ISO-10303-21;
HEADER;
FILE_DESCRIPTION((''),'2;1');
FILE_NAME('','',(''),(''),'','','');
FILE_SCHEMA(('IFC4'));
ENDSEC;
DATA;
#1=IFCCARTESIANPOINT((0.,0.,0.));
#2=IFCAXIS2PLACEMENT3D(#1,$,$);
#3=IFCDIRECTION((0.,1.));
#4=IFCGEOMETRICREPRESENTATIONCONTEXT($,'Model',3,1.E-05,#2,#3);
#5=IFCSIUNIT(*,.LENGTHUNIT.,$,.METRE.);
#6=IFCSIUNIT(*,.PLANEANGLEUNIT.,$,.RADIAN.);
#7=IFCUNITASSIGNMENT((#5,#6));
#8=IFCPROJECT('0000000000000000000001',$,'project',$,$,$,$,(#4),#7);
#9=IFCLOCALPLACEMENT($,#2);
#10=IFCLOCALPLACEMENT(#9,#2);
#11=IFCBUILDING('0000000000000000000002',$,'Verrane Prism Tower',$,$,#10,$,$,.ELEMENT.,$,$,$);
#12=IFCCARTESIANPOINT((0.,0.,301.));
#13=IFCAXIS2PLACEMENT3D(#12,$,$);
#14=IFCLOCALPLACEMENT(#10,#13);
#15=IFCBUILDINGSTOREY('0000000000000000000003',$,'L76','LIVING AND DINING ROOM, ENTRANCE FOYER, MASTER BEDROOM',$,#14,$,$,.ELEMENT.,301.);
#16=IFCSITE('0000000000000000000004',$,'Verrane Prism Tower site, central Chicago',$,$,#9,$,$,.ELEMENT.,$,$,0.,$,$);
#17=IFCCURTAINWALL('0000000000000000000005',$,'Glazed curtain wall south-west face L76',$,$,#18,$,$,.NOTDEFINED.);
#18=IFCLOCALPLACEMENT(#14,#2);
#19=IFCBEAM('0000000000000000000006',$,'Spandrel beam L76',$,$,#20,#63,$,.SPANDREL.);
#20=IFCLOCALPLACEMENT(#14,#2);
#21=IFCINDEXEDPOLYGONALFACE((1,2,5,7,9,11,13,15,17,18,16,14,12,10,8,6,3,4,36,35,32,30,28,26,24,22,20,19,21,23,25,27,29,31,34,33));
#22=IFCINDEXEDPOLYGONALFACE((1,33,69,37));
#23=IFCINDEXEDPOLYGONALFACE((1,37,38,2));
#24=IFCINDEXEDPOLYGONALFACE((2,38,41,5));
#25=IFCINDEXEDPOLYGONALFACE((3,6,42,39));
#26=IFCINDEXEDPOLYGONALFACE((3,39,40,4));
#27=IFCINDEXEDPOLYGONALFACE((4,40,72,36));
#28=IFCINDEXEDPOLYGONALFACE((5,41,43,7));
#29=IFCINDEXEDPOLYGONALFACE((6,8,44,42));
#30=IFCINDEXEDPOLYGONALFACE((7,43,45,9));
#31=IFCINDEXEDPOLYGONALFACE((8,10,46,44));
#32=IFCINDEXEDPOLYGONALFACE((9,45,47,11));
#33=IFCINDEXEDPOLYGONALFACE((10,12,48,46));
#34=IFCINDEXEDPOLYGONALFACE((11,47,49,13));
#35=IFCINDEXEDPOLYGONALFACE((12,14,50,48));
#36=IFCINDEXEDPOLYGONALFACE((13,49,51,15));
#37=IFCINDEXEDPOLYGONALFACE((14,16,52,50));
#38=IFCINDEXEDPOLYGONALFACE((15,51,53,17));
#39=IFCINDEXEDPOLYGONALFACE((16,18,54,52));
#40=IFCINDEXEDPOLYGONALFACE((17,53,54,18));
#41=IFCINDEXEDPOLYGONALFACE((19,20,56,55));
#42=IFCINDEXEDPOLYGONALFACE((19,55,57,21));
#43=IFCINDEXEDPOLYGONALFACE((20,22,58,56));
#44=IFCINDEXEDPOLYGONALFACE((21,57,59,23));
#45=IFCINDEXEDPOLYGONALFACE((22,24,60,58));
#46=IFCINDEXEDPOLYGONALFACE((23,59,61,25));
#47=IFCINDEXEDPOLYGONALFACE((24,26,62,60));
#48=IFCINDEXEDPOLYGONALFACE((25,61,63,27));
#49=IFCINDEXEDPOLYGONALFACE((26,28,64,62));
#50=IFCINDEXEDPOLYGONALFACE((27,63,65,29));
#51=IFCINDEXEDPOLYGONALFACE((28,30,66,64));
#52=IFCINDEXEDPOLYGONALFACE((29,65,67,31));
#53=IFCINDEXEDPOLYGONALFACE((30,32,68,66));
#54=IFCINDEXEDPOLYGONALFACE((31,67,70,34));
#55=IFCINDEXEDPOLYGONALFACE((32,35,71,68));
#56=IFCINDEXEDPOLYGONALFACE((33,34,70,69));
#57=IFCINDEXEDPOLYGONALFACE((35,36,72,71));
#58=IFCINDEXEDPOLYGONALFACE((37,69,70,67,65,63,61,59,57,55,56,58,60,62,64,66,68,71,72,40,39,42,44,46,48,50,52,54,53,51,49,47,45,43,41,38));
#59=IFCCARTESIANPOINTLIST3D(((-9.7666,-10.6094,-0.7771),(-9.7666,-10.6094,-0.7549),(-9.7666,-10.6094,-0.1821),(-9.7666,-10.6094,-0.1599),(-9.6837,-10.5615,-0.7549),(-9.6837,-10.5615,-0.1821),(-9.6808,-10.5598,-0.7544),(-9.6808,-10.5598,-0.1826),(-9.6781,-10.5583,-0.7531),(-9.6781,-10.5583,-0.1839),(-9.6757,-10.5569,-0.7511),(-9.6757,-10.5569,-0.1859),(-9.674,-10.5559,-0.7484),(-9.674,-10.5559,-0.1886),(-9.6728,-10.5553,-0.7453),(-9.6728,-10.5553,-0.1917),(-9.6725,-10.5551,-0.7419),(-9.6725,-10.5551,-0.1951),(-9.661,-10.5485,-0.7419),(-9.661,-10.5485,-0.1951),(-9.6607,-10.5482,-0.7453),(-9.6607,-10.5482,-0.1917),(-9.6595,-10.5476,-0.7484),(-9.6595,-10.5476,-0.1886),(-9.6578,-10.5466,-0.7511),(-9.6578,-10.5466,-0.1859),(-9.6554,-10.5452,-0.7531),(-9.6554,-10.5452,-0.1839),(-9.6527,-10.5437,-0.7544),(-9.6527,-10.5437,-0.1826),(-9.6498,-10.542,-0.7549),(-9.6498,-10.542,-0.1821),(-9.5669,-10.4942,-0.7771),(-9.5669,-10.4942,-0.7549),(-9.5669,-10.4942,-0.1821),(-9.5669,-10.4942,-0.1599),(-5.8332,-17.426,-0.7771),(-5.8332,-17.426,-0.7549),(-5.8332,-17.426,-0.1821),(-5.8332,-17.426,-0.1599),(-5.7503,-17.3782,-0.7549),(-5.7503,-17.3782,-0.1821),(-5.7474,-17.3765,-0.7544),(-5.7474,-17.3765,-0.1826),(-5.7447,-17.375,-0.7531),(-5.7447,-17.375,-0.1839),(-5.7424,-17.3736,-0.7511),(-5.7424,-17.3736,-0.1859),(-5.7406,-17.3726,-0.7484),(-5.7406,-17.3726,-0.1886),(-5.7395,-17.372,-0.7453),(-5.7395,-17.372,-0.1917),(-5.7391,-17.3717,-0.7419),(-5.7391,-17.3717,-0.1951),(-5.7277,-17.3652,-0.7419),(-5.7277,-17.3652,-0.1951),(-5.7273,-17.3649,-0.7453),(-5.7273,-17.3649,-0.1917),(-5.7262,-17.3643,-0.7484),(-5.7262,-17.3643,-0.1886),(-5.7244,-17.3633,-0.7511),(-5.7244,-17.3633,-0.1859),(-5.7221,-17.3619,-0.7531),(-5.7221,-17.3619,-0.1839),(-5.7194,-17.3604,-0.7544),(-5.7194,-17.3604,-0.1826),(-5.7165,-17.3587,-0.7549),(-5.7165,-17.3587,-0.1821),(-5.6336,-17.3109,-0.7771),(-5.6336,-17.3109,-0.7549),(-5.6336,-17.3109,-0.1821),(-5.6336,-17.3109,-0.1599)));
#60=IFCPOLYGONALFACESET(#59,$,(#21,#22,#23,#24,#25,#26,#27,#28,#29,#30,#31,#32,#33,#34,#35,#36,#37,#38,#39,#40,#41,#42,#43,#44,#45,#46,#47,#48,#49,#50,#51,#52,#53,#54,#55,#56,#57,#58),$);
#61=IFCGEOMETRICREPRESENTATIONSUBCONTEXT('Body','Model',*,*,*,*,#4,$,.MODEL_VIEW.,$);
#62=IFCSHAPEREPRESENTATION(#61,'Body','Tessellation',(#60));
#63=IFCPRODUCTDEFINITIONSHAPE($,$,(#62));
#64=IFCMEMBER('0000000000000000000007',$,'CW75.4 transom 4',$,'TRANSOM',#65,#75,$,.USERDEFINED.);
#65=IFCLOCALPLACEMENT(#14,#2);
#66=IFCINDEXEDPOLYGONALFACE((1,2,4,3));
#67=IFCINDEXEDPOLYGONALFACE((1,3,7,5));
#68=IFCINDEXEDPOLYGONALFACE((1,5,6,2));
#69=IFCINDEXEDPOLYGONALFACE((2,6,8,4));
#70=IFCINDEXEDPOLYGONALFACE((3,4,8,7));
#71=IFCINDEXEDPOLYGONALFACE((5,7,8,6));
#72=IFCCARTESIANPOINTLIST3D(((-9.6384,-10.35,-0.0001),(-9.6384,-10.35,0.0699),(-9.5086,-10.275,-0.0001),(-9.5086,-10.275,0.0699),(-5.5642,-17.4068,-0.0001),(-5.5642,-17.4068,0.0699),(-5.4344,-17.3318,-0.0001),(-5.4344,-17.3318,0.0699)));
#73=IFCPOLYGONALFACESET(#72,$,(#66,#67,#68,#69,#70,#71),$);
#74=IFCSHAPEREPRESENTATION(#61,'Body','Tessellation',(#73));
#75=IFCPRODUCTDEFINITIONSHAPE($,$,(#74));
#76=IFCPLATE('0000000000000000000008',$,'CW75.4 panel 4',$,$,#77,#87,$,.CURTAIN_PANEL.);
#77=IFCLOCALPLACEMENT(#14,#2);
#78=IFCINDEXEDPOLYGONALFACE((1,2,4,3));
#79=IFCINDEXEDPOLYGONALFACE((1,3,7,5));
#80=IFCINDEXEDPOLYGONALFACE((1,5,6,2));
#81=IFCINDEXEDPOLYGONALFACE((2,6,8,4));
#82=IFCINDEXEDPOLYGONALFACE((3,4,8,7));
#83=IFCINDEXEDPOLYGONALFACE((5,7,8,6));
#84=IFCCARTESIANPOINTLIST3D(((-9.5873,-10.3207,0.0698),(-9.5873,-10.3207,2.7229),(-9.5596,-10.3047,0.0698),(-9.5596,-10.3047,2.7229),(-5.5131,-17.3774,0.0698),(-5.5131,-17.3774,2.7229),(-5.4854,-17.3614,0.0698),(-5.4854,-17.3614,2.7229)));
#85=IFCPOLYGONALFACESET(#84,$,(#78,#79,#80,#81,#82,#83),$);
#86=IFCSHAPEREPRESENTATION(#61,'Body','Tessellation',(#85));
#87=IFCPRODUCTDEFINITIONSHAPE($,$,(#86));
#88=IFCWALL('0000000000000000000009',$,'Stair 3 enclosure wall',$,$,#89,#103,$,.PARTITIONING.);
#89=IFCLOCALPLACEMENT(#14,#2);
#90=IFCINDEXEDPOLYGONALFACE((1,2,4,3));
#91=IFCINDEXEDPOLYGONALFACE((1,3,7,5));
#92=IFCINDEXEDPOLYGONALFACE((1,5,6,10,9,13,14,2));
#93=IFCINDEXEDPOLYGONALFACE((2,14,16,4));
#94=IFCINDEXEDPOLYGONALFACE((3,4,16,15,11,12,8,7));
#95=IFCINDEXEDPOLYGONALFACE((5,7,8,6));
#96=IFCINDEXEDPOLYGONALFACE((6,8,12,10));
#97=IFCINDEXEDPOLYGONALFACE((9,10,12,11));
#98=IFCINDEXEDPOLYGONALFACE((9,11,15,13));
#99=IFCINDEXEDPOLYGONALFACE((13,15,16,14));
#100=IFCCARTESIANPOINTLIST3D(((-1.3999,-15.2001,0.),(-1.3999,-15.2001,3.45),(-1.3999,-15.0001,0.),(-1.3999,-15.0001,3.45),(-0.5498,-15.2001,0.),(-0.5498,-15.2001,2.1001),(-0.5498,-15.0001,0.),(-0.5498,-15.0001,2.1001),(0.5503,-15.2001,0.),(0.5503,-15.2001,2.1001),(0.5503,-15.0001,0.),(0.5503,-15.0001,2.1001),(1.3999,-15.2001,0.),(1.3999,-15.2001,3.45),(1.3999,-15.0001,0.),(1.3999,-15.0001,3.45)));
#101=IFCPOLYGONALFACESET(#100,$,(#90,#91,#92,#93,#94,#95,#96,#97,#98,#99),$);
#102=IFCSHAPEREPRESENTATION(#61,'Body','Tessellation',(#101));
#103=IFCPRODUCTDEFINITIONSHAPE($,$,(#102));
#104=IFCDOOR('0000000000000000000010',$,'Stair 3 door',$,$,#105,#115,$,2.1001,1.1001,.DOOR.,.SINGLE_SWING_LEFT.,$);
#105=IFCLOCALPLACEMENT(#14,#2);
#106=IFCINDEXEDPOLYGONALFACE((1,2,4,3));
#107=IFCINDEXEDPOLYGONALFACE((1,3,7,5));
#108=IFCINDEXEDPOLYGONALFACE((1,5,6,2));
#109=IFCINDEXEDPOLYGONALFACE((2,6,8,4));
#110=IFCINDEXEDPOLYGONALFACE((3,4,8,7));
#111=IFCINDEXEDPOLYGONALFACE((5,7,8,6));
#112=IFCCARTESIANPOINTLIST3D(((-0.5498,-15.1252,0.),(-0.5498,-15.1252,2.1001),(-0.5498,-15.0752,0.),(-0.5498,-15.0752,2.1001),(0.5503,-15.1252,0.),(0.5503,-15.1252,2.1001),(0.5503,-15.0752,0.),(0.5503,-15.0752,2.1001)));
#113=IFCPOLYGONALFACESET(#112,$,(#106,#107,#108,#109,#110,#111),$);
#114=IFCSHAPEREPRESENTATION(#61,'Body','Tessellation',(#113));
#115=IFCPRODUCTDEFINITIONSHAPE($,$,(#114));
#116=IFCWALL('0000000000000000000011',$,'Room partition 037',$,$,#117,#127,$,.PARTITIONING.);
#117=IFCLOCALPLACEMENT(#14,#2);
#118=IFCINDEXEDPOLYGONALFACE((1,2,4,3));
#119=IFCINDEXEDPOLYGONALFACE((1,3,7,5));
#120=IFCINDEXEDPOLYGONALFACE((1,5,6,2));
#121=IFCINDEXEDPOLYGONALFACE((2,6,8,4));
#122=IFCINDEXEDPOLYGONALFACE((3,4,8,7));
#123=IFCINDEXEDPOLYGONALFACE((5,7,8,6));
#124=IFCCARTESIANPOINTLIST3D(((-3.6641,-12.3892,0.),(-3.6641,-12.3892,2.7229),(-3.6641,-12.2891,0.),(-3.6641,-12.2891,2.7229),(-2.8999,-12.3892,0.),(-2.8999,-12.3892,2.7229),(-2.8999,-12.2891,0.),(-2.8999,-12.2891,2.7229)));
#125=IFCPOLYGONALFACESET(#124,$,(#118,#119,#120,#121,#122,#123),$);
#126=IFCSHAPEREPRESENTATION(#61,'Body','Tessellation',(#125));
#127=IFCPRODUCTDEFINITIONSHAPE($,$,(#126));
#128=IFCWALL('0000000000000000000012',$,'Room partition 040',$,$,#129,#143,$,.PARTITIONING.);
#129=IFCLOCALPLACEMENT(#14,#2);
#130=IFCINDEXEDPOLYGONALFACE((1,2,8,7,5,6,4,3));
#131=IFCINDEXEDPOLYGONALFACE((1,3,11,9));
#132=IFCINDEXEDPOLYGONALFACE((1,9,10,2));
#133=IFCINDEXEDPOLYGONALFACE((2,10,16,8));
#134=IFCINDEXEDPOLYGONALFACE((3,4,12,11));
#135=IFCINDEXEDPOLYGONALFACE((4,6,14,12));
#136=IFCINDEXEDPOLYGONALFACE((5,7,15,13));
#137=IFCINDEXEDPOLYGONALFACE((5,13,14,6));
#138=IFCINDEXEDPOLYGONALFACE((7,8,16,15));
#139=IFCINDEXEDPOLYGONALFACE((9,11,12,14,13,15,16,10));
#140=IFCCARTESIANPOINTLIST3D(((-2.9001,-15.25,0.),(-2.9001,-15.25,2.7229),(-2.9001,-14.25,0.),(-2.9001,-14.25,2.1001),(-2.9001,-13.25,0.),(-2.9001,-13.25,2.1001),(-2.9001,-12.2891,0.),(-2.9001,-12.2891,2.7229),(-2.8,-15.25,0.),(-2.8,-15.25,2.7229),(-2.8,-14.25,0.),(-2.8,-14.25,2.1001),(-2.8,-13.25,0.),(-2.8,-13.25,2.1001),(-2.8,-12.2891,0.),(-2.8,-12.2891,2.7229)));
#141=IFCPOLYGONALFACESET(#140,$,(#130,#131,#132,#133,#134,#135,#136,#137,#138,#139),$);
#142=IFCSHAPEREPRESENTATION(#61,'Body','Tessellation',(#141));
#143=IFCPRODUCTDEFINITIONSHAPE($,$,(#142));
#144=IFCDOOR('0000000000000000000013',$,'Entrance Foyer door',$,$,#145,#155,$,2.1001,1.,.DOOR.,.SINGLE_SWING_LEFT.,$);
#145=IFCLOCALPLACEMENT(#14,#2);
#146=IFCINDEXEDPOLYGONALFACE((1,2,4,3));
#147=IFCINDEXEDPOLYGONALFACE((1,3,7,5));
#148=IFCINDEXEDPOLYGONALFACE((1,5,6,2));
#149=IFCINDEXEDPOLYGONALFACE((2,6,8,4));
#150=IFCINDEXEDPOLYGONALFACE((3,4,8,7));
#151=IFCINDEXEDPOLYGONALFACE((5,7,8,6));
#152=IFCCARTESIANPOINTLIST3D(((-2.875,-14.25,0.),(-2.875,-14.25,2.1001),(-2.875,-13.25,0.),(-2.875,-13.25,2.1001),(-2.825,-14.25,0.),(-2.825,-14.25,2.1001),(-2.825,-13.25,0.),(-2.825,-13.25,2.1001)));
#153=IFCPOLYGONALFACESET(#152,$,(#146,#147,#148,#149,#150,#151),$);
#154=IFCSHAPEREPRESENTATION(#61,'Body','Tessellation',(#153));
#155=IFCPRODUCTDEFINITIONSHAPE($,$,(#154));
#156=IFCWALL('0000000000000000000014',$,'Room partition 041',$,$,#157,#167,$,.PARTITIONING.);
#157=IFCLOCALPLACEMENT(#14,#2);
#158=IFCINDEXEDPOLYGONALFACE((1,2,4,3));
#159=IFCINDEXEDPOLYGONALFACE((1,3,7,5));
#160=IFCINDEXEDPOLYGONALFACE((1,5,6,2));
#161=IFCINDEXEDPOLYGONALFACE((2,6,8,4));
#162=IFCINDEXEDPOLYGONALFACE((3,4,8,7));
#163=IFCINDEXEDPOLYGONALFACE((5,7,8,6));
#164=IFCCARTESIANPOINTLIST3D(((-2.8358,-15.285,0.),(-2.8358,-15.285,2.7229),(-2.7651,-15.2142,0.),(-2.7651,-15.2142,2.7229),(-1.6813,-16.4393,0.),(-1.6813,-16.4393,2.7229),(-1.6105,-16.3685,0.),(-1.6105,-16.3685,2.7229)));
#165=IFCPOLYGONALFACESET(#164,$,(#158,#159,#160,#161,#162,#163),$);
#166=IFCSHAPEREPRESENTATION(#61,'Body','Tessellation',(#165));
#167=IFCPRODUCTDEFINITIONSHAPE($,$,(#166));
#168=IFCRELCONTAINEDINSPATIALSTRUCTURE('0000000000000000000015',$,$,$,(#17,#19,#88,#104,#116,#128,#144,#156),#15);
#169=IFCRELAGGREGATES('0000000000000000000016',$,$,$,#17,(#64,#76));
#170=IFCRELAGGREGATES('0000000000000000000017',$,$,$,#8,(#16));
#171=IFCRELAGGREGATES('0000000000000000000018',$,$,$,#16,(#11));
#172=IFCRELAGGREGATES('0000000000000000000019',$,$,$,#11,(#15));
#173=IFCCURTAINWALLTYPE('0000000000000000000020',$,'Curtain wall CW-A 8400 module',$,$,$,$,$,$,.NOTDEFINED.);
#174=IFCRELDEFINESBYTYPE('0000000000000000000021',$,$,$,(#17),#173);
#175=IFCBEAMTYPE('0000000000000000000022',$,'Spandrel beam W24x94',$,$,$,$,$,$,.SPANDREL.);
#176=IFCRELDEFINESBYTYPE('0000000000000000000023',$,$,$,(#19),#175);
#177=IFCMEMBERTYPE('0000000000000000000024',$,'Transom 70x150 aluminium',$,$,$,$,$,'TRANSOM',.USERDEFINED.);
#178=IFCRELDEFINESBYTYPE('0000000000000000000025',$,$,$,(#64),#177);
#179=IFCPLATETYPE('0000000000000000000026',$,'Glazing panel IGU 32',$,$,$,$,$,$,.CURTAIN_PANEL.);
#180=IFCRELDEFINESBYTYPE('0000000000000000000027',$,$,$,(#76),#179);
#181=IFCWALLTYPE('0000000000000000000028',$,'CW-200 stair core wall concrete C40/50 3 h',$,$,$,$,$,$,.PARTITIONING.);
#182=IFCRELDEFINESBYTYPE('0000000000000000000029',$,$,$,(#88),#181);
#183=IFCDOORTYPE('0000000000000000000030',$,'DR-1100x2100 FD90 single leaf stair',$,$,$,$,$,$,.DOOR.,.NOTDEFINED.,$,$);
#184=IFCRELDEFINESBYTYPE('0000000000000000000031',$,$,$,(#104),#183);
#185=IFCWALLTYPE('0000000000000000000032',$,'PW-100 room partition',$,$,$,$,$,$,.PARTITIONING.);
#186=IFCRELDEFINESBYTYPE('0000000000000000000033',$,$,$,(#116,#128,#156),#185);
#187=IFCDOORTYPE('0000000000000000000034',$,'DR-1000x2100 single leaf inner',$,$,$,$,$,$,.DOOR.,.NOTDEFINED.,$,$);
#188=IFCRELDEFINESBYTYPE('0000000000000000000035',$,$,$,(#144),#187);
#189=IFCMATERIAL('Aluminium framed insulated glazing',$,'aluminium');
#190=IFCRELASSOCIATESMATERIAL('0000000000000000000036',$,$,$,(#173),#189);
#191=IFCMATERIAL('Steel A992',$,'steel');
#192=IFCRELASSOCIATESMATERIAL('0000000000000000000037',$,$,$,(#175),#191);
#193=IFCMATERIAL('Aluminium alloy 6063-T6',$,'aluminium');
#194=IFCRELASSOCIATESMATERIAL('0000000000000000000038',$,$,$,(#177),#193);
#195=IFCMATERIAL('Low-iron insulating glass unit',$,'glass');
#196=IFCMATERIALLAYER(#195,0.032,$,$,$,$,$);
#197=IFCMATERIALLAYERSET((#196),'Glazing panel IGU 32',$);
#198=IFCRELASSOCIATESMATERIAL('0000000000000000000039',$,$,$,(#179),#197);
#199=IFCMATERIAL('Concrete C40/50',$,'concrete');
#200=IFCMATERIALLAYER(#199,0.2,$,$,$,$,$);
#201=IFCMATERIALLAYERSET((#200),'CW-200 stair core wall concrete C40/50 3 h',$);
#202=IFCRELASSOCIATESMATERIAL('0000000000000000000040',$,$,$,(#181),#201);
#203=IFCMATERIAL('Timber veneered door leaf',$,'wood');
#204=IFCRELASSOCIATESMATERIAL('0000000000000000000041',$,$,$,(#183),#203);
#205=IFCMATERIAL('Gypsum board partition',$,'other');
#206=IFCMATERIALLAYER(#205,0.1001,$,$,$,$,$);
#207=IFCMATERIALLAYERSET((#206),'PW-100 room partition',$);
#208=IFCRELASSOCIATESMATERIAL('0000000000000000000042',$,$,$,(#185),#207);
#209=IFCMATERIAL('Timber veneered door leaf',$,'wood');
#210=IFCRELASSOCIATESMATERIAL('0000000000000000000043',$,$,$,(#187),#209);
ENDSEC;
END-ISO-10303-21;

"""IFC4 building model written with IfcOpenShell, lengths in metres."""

from ifc_helpers import new_model, si_unit, direction, frame, frame_2d, origin, origin_2d, place, context, subcontext, project, spatial, rectangle, i_section, extrude, material, layer, layer_set, material_profile, profile_set, type_object, element, fill, aggregate, save


model = new_model("IFC4")

# Units and contexts
model_context = context("Model", 3, precision=1e-05, world=origin(), true_north=direction((0.0, 1.0)))
body_context = subcontext(model_context, "Body", "Model", "MODEL_VIEW")
ifc_project = project(units=[si_unit("LENGTHUNIT", "METRE"), si_unit("PLANEANGLEUNIT", "RADIAN")], contexts=[model_context])

# Site, building, storey
site_placement = place(None, origin())
site = spatial("IfcSite", under=ifc_project, at=site_placement, Name="Verrane Prism Tower site, central Chicago", CompositionType="ELEMENT", RefElevation=0.0)
building_placement = place(site_placement, origin())
building = spatial("IfcBuilding", under=site, at=building_placement, Name="Verrane Prism Tower", CompositionType="ELEMENT")
storey_placement = place(building_placement, frame((0.0, 0.0, 301.0)))
storey = spatial("IfcBuildingStorey", under=building, at=storey_placement, Name="L76", Description="LIVING AND DINING ROOM, ENTRANCE FOYER, MASTER BEDROOM", CompositionType="ELEMENT", Elevation=301.0)

# Curtain wall
ifc_material_1 = material(Name="Aluminium framed insulated glazing", Category="aluminium")
curtain_wall_type = type_object("IfcCurtainWallType", Name="Curtain wall CW-A 8400 module", PredefinedType="NOTDEFINED", material=ifc_material_1)
curtain_wall_placement = place(storey_placement, origin())
curtain_wall = element("IfcCurtainWall", 1, at=curtain_wall_placement, inside=storey, type_object=curtain_wall_type, Name="Glazed curtain wall south-west face L76", PredefinedType="NOTDEFINED")

# Beam
ifc_material_2 = material(Name="Steel A992", Category="steel")
ifc_material_profile_1 = material_profile(ifc_material_2, i_section(OverallWidth=0.2305, OverallDepth=0.6172, WebThickness=0.0132, FlangeThickness=0.0222, FilletRadius=0.0129, at=origin_2d()), Name="W24x94")
ifc_profile_set_1 = profile_set([ifc_material_profile_1], Name="Steel A992")
beam_type_1 = type_object("IfcBeamType", Name="Spandrel beam W24x94", PredefinedType="SPANDREL", material=ifc_profile_set_1)
beam_1_placement = place(storey_placement, frame((-9.6667, -10.5518, -0.4685), z_axis=(0.499786, -0.866149, 0.0), x_axis=(0.866149, 0.499786, 0.0)))
element("IfcBeam", 2, at=beam_1_placement, inside=storey, type_object=beam_type_1, Name="Spandrel beam L76", PredefinedType="SPANDREL", context=body_context, shape_type="SweptSolid", body=[
    extrude(i_section(OverallWidth=0.2305, OverallDepth=0.6172, WebThickness=0.0132, FlangeThickness=0.0222, FilletRadius=0.0129, at=origin_2d()), origin(), (0.0, 0.0, 1.0), 7.8701),
])

# Member
ifc_material_3 = material(Name="Aluminium alloy 6063-T6", Category="aluminium")
ifc_material_profile_2 = material_profile(ifc_material_3, rectangle(XDim=0.1499, YDim=0.0701, at=origin_2d()), Name="Transom 70x150 aluminium")
ifc_profile_set_2 = profile_set([ifc_material_profile_2], Name="Aluminium alloy 6063-T6")
member_type_1 = type_object("IfcMemberType", Name="Transom 70x150 aluminium", ElementType="TRANSOM", PredefinedType="USERDEFINED", material=ifc_profile_set_2)
member_1_placement = place(storey_placement, frame((-9.5735, -10.3125, 0.0349), z_axis=(0.499993, -0.866029, 0.0), x_axis=(0.866029, 0.499993, 0.0)))
member_1 = element("IfcMember", 3, at=member_1_placement, type_object=member_type_1, Name="CW75.4 transom 4", ObjectType="TRANSOM", PredefinedType="USERDEFINED", context=body_context, shape_type="SweptSolid", body=[
    extrude(rectangle(XDim=0.1499, YDim=0.0701, at=origin_2d()), origin(), (0.0, 0.0, 1.0), 8.1484),
])

# Plate
ifc_material_4 = material(Name="Low-iron insulating glass unit", Category="glass")
ifc_layer_1 = layer(ifc_material_4, 0.032)
ifc_layer_set_1 = layer_set([ifc_layer_1], Name="Glazing panel IGU 32")
plate_type = type_object("IfcPlateType", Name="Glazing panel IGU 32", PredefinedType="CURTAIN_PANEL", material=ifc_layer_set_1)
plate_placement = place(storey_placement, frame((-7.5364, -13.8411, 0.0698), z_axis=(0.0, 0.0, 1.0), x_axis=(0.500001, -0.866025, 0.0)))
plate = element("IfcPlate", 4, at=plate_placement, type_object=plate_type, Name="CW75.4 panel 4", PredefinedType="CURTAIN_PANEL", context=body_context, shape_type="SweptSolid", body=[
    extrude(rectangle(XDim=8.1484, YDim=0.032, at=origin_2d()), origin(), (0.0, 0.0, 1.0), 2.6531),
])
aggregate(curtain_wall, [member_1, plate])

# Wall, opening, door
ifc_material_5 = material(Name="Concrete C40/50", Category="concrete")
ifc_layer_2 = layer(ifc_material_5, 0.2)
ifc_layer_set_2 = layer_set([ifc_layer_2], Name="CW-200 stair core wall concrete C40/50 3 h")
wall_type_1 = type_object("IfcWallType", Name="CW-200 stair core wall concrete C40/50 3 h", PredefinedType="PARTITIONING", material=ifc_layer_set_2)
wall_1_placement = place(storey_placement, frame((-1.3999, -15.1001, 0.0), z_axis=(0.0, 0.0, 1.0), x_axis=(1.0, 0.0, 0.0)))
wall_1 = element("IfcWall", 5, at=wall_1_placement, inside=storey, type_object=wall_type_1, Name="Stair 3 enclosure wall", PredefinedType="PARTITIONING", context=body_context, shape_type="SweptSolid", body=[
    extrude(rectangle(XDim=2.7998, YDim=0.2, at=frame_2d((1.3999, 0.0))), origin(), (0.0, 0.0, 1.0), 3.45),
])
opening_1_placement = place(wall_1_placement, frame((0.8501, 0.0, 0.0)))
opening_1 = element("IfcOpeningElement", 6, at=opening_1_placement, cuts=wall_1, PredefinedType="OPENING", context=body_context, shape_type="SweptSolid", body=[
    extrude(rectangle(XDim=1.1001, YDim=2.1001, at=frame_2d((0.55, 1.05))), frame((0.0, 0.1099, 0.0), z_axis=(0.0, -1.0, 0.0), x_axis=(1.0, 0.0, 0.0)), (0.0, 0.0, 1.0), 0.22),
])
ifc_material_6 = material(Name="Timber veneered door leaf", Category="wood")
door_type_1 = type_object("IfcDoorType", Name="DR-1100x2100 FD90 single leaf stair", OperationType="NOTDEFINED", PredefinedType="DOOR", material=ifc_material_6)
door_1_placement = place(opening_1_placement, origin())
door_1 = element("IfcDoor", 7, at=door_1_placement, inside=storey, type_object=door_type_1, Name="Stair 3 door", OperationType="SINGLE_SWING_LEFT", OverallHeight=2.1001, OverallWidth=1.1001, PredefinedType="DOOR", context=body_context, shape_type="SweptSolid", body=[
    extrude(rectangle(XDim=1.1001, YDim=2.1001, at=frame_2d((0.55, 1.05))), frame((0.0, 0.0249, 0.0), z_axis=(0.0, -1.0, 0.0), x_axis=(1.0, 0.0, 0.0)), (0.0, 0.0, 1.0), 0.05),
])
fill(opening_1, door_1)

# Wall
ifc_material_7 = material(Name="Gypsum board partition", Category="other")
ifc_layer_3 = layer(ifc_material_7, 0.1001)
ifc_layer_set_3 = layer_set([ifc_layer_3], Name="PW-100 room partition")
wall_type_2 = type_object("IfcWallType", Name="PW-100 room partition", PredefinedType="PARTITIONING", material=ifc_layer_set_3)
wall_2_placement = place(storey_placement, frame((-3.6641, -12.3391, 0.0), z_axis=(0.0, 0.0, 1.0), x_axis=(1.0, 0.0, 0.0)))
element("IfcWall", 8, at=wall_2_placement, inside=storey, type_object=wall_type_2, Name="Room partition 037", PredefinedType="PARTITIONING", context=body_context, shape_type="SweptSolid", body=[
    extrude(rectangle(XDim=0.7642, YDim=0.1001, at=frame_2d((0.3821, 0.0))), origin(), (0.0, 0.0, 1.0), 2.7229),
])

# Wall, opening, door
wall_3_placement = place(storey_placement, frame((-2.8501, -15.25, 0.0), z_axis=(0.0, 0.0, 1.0), x_axis=(0.0, 1.0, 0.0)))
wall_3 = element("IfcWall", 9, at=wall_3_placement, inside=storey, type_object=wall_type_2, Name="Room partition 040", PredefinedType="PARTITIONING", context=body_context, shape_type="SweptSolid", body=[
    extrude(rectangle(XDim=2.9609, YDim=0.1001, at=frame_2d((1.4805, 0.0))), origin(), (0.0, 0.0, 1.0), 2.7229),
])
opening_2_placement = place(wall_3_placement, frame((1.0, 0.0, 0.0)))
opening_2 = element("IfcOpeningElement", 10, at=opening_2_placement, cuts=wall_3, PredefinedType="OPENING", context=body_context, shape_type="SweptSolid", body=[
    extrude(rectangle(XDim=1.0, YDim=2.1001, at=frame_2d((0.5, 1.05))), frame((0.0, 0.0601, 0.0), z_axis=(0.0, -1.0, 0.0), x_axis=(1.0, 0.0, 0.0)), (0.0, 0.0, 1.0), 0.1201),
])
ifc_material_8 = material(Name="Timber veneered door leaf", Category="wood")
door_type_2 = type_object("IfcDoorType", Name="DR-1000x2100 single leaf inner", OperationType="NOTDEFINED", PredefinedType="DOOR", material=ifc_material_8)
door_2_placement = place(opening_2_placement, origin())
door_2 = element("IfcDoor", 11, at=door_2_placement, inside=storey, type_object=door_type_2, Name="Entrance Foyer door", OperationType="SINGLE_SWING_LEFT", OverallHeight=2.1001, OverallWidth=1.0, PredefinedType="DOOR", context=body_context, shape_type="SweptSolid", body=[
    extrude(rectangle(XDim=1.0, YDim=2.1001, at=frame_2d((0.5, 1.05))), frame((0.0, 0.0249, 0.0), z_axis=(0.0, -1.0, 0.0), x_axis=(1.0, 0.0, 0.0)), (0.0, 0.0, 1.0), 0.05),
])
fill(opening_2, door_2)

# Wall
wall_4_placement = place(storey_placement, frame((-2.8005, -15.2495, 0.0), z_axis=(0.0, 0.0, 1.0), x_axis=(0.707182, -0.707032, 0.0)))
element("IfcWall", 12, at=wall_4_placement, inside=storey, type_object=wall_type_2, Name="Room partition 041", PredefinedType="PARTITIONING", context=body_context, shape_type="SweptSolid", body=[
    extrude(rectangle(XDim=1.6326, YDim=0.1001, at=frame_2d((0.8164, 0.0))), origin(), (0.0, 0.0, 1.0), 2.7229),
])

save(model, "model.ifc")
